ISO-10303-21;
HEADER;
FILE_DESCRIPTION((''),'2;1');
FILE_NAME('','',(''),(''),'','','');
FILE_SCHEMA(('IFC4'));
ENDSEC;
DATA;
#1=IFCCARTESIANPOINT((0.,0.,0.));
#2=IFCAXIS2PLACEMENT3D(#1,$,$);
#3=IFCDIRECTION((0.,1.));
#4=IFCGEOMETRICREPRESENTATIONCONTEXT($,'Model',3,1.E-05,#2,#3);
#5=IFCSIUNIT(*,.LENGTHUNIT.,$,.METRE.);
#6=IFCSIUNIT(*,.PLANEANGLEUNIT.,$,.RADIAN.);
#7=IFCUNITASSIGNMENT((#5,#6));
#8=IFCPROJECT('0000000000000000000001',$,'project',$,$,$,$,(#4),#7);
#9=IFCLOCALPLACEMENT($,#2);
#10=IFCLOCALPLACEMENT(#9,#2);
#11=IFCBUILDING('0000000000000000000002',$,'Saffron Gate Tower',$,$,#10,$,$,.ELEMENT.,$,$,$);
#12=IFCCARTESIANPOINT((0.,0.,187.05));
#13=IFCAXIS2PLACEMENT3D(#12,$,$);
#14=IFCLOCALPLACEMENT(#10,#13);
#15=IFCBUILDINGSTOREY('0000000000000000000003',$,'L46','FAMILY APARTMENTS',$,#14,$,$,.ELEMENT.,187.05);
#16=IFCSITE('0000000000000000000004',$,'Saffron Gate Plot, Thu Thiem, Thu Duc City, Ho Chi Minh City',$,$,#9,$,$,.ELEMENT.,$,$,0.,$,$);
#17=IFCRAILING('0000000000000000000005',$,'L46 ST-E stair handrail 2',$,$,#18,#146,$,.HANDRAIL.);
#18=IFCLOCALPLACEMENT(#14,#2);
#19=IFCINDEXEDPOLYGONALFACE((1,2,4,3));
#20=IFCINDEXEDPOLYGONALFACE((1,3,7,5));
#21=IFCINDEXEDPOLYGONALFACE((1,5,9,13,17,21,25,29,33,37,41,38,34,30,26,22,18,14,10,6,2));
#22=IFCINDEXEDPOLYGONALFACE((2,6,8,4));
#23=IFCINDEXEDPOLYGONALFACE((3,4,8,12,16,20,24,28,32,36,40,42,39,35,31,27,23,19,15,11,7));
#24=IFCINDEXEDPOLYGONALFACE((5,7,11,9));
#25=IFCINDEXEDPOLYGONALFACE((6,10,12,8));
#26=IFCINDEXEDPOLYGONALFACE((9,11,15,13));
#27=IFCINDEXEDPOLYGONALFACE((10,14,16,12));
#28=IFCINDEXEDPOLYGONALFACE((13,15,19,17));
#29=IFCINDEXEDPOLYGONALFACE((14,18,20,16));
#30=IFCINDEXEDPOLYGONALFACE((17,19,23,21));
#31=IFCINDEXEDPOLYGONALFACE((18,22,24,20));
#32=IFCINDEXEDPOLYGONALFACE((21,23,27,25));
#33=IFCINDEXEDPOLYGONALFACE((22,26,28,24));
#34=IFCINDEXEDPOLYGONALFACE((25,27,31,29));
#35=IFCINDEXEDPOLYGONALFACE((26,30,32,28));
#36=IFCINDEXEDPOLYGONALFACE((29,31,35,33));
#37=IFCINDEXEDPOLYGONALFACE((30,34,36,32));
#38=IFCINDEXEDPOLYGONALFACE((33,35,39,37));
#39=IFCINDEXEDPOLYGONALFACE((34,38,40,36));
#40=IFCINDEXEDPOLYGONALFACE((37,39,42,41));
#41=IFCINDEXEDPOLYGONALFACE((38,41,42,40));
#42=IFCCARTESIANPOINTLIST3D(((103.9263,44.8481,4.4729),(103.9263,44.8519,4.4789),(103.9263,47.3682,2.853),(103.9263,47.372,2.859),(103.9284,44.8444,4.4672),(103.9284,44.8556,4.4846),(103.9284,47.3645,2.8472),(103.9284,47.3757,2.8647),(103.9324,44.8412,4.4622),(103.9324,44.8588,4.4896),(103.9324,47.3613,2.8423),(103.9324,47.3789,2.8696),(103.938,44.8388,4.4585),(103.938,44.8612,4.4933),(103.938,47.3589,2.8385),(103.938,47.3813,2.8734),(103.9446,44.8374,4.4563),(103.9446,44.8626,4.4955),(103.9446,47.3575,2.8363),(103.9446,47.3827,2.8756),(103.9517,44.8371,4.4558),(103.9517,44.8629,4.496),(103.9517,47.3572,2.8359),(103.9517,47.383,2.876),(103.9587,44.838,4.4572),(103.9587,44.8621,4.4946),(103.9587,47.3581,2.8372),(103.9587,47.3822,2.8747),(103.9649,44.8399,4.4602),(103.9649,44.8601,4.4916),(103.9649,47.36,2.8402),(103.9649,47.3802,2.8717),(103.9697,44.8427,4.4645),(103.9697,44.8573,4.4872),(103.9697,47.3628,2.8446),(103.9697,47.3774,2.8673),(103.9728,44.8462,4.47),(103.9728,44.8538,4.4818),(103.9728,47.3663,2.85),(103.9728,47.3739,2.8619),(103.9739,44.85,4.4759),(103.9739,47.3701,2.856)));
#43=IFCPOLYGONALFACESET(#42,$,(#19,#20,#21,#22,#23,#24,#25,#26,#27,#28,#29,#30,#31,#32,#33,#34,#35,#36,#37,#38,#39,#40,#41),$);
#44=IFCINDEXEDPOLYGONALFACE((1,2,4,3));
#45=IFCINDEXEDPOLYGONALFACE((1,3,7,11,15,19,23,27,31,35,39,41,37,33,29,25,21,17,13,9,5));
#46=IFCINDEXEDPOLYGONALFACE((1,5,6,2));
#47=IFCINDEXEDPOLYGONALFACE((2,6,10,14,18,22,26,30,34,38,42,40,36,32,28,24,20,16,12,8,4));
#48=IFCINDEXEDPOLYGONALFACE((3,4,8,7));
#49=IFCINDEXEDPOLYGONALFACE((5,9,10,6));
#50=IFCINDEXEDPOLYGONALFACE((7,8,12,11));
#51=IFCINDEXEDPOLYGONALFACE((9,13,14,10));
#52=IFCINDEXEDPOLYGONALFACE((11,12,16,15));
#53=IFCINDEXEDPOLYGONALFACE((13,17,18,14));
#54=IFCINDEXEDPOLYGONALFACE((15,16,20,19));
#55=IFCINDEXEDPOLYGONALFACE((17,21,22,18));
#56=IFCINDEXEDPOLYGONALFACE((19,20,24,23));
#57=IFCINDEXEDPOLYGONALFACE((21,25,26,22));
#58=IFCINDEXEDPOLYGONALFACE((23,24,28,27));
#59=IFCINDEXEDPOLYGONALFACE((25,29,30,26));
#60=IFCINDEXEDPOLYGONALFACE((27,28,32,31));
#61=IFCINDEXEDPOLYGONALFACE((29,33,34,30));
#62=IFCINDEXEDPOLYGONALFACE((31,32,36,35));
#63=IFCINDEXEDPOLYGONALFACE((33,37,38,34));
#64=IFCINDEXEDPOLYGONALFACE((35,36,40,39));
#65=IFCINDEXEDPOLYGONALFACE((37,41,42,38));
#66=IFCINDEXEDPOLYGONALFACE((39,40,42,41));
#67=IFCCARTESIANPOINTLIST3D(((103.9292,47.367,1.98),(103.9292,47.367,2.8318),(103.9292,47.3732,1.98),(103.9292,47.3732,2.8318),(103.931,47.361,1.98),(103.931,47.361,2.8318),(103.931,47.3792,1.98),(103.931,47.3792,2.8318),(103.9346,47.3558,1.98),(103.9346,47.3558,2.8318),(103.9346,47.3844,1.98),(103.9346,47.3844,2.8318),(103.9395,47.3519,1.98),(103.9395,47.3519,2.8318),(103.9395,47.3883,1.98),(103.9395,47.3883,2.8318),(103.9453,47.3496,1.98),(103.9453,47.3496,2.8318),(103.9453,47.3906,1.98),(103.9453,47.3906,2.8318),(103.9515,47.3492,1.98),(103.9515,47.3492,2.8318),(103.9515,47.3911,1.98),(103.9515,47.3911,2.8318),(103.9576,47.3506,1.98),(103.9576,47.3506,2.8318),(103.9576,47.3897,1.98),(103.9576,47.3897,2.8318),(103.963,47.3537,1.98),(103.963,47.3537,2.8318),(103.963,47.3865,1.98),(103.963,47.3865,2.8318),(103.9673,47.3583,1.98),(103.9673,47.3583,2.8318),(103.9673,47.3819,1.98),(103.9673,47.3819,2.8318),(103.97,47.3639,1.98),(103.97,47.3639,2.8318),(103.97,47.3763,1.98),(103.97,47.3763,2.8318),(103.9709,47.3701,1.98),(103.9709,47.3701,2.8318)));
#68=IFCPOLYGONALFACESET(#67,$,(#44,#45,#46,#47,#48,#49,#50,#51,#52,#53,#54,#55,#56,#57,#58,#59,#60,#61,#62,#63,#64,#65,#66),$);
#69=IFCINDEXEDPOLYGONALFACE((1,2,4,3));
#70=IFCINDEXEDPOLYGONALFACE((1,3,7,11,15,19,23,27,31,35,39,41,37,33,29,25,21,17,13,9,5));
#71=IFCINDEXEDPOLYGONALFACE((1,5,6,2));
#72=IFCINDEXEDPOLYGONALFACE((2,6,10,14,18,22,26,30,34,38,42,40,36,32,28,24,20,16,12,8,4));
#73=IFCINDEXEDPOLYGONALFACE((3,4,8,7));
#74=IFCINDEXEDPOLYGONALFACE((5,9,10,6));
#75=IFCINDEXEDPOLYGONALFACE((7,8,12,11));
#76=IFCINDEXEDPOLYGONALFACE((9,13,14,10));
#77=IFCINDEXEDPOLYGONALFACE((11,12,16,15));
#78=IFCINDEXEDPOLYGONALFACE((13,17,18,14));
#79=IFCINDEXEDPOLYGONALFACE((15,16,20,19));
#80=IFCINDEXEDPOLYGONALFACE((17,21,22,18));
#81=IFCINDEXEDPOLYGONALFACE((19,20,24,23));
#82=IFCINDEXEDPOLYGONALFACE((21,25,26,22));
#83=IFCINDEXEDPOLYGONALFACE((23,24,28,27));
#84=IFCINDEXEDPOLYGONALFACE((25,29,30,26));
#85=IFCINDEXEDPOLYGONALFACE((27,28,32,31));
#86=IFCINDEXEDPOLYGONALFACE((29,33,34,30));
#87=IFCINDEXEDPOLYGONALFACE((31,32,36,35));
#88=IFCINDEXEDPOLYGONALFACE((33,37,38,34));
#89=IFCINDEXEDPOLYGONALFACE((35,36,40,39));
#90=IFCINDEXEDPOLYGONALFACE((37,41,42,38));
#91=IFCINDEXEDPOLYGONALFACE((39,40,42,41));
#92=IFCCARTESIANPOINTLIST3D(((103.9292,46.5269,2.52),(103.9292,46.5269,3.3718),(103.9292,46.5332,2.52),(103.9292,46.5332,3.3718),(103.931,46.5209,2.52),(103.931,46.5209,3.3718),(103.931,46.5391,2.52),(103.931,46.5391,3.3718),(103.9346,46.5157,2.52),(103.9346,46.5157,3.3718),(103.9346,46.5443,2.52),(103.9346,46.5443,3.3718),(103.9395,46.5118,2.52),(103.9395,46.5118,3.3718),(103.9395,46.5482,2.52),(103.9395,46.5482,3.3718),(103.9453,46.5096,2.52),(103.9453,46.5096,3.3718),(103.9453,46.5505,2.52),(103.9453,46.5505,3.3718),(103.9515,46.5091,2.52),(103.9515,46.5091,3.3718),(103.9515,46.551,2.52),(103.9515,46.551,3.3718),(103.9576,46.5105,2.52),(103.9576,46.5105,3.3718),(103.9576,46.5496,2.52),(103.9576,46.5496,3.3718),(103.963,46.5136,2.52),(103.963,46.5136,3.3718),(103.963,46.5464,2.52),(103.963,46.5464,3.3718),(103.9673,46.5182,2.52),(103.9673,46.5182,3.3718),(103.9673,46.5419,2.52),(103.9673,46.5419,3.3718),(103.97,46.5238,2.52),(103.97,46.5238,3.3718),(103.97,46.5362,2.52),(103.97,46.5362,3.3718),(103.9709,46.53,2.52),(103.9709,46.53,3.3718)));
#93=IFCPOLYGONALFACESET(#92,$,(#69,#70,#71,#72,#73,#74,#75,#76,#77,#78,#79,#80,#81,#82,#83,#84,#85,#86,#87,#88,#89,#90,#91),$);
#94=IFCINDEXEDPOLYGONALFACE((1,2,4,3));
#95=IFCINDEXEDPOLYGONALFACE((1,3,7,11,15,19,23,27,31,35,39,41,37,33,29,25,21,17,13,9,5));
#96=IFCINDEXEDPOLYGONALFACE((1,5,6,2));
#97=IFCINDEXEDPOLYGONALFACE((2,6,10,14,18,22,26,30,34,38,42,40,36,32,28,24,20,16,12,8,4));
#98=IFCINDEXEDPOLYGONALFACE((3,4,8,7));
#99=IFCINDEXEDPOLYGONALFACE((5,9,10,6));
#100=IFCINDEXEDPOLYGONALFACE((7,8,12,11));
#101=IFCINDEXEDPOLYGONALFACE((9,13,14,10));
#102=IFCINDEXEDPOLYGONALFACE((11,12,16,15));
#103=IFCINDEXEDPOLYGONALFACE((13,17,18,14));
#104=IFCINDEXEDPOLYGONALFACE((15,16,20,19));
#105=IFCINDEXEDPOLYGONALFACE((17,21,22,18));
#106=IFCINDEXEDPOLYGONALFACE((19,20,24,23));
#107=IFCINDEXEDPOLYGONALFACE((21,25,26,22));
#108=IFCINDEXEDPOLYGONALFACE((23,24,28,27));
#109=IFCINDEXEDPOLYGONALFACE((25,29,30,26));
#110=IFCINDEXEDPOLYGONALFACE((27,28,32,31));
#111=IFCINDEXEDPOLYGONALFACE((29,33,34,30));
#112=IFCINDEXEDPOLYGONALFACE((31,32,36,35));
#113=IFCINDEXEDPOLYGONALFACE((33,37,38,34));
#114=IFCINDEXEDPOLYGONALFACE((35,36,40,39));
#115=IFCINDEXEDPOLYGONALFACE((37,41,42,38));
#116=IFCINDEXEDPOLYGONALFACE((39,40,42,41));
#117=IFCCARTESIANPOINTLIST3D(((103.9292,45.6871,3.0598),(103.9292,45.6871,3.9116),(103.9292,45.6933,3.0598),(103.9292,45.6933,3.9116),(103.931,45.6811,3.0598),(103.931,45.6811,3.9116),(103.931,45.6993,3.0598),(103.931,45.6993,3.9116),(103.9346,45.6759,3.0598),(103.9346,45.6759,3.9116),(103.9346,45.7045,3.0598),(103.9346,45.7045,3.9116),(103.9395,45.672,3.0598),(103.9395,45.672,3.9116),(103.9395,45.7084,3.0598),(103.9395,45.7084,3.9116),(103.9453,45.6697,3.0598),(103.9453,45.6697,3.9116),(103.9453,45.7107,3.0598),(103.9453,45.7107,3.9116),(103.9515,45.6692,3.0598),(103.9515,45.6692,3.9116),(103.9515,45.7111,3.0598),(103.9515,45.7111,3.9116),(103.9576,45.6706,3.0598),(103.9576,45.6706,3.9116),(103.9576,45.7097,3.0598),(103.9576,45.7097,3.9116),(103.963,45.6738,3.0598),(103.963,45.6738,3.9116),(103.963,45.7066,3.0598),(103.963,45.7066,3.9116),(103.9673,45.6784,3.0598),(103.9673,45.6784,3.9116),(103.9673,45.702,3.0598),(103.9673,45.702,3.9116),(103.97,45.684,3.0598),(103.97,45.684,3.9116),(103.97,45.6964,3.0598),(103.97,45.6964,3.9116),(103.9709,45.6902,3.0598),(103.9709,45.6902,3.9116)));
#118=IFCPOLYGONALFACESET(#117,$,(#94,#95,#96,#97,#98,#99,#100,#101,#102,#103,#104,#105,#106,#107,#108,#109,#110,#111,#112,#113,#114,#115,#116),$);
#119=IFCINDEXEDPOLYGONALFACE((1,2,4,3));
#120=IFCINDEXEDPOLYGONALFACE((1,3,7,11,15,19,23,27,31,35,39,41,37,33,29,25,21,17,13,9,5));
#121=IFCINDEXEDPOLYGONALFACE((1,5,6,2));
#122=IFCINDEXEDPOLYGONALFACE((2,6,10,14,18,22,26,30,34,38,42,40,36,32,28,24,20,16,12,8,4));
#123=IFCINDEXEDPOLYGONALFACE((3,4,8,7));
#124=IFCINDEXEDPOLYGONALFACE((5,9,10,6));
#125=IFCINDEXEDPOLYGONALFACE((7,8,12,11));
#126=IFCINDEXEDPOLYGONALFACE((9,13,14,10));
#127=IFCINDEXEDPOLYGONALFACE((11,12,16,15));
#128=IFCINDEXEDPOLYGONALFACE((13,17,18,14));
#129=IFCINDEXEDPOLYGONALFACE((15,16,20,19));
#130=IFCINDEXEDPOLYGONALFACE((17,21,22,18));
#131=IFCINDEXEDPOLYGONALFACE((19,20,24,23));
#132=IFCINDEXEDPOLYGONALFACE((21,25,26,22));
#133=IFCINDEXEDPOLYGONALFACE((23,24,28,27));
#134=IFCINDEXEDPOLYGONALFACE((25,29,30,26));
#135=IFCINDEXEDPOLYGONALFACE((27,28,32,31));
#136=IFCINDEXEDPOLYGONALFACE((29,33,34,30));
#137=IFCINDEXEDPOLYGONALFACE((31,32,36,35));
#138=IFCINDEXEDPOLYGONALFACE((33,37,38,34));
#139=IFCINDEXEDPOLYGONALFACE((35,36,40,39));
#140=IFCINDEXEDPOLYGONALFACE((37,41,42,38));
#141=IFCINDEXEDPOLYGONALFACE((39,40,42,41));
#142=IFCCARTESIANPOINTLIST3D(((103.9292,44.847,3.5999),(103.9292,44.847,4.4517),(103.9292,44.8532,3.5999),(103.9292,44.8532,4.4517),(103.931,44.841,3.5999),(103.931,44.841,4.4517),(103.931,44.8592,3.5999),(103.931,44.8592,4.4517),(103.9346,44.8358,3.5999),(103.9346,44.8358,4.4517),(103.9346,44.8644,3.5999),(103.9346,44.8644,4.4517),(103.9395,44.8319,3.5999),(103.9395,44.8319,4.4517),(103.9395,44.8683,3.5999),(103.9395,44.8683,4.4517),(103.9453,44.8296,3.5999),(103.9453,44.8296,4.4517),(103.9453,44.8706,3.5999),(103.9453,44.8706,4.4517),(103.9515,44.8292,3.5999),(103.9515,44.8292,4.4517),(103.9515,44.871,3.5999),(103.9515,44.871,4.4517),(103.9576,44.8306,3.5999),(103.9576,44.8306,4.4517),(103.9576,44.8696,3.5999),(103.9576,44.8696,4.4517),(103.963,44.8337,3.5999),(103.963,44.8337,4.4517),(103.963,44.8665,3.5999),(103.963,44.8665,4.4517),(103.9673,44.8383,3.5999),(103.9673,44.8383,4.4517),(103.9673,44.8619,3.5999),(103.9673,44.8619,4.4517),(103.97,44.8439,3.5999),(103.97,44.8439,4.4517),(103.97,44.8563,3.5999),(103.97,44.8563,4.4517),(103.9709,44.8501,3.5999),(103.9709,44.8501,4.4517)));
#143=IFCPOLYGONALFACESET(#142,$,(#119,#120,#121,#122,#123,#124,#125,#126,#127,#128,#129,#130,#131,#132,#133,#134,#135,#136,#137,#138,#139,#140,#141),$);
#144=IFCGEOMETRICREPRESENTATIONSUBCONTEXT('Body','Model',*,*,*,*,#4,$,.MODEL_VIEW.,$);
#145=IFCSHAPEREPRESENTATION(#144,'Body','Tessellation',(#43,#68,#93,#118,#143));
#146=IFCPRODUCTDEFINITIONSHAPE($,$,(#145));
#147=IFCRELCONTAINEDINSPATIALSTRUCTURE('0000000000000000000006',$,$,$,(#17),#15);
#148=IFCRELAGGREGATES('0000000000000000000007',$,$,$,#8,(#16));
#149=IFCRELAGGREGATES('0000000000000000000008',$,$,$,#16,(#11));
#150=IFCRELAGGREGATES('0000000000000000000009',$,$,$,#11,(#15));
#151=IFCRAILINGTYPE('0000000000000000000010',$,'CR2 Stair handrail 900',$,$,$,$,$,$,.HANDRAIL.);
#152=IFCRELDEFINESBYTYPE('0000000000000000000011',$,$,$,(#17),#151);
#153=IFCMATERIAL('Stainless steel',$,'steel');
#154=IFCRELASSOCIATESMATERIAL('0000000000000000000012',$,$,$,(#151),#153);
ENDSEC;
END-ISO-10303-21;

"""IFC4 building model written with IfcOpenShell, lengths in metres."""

from ifc_helpers import new_model, si_unit, direction, frame, origin, origin_2d, place, context, subcontext, project, spatial, circle, extrude, material, type_object, element, save


model = new_model("IFC4")

# Units and contexts
model_context = context("Model", 3, precision=1e-05, world=origin(), true_north=direction((0.0, 1.0)))
body_context = subcontext(model_context, "Body", "Model", "MODEL_VIEW")
ifc_project = project(units=[si_unit("LENGTHUNIT", "METRE"), si_unit("PLANEANGLEUNIT", "RADIAN")], contexts=[model_context])

# Site, building, storey
site_placement = place(None, origin())
site = spatial("IfcSite", under=ifc_project, at=site_placement, Name="Saffron Gate Plot, Thu Thiem, Thu Duc City, Ho Chi Minh City", CompositionType="ELEMENT", RefElevation=0.0)
building_placement = place(site_placement, origin())
building = spatial("IfcBuilding", under=site, at=building_placement, Name="Saffron Gate Tower", CompositionType="ELEMENT")
storey_placement = place(building_placement, frame((0.0, 0.0, 187.05)))
storey = spatial("IfcBuildingStorey", under=building, at=storey_placement, Name="L46", Description="FAMILY APARTMENTS", CompositionType="ELEMENT", Elevation=187.05)

# Railing
ifc_material_1 = material(Name="Stainless steel", Category="steel")
railing_type_1 = type_object("IfcRailingType", Name="CR2 Stair handrail 900", PredefinedType="HANDRAIL", material=ifc_material_1)
railing_1_placement = place(storey_placement, frame((103.95, 47.3701, 1.98)))
element("IfcRailing", 1, at=railing_1_placement, inside=storey, type_object=railing_type_1, Name="L46 ST-E stair handrail 2", PredefinedType="HANDRAIL", context=body_context, shape_type="SweptSolid", body=[
    extrude(circle(Radius=0.0239, at=origin_2d()), frame((0.0, 0.0, 0.876), z_axis=(0.0, -0.8412, 0.540725), x_axis=(1.0, 0.0, 0.0)), (0.0, 0.0, 1.0), 2.9958),
    extrude(circle(Radius=0.021, at=origin_2d()), origin(), (0.0, 0.0, 1.0), 0.8518),
    extrude(circle(Radius=0.021, at=origin_2d()), frame((0.0, -0.8401, 0.54)), (0.0, 0.0, 1.0), 0.8518),
    extrude(circle(Radius=0.021, at=origin_2d()), frame((0.0, -1.6799, 1.0798)), (0.0, 0.0, 1.0), 0.8518),
    extrude(circle(Radius=0.021, at=origin_2d()), frame((0.0, -2.52, 1.6199)), (0.0, 0.0, 1.0), 0.8518),
])

save(model, "model.ifc")
